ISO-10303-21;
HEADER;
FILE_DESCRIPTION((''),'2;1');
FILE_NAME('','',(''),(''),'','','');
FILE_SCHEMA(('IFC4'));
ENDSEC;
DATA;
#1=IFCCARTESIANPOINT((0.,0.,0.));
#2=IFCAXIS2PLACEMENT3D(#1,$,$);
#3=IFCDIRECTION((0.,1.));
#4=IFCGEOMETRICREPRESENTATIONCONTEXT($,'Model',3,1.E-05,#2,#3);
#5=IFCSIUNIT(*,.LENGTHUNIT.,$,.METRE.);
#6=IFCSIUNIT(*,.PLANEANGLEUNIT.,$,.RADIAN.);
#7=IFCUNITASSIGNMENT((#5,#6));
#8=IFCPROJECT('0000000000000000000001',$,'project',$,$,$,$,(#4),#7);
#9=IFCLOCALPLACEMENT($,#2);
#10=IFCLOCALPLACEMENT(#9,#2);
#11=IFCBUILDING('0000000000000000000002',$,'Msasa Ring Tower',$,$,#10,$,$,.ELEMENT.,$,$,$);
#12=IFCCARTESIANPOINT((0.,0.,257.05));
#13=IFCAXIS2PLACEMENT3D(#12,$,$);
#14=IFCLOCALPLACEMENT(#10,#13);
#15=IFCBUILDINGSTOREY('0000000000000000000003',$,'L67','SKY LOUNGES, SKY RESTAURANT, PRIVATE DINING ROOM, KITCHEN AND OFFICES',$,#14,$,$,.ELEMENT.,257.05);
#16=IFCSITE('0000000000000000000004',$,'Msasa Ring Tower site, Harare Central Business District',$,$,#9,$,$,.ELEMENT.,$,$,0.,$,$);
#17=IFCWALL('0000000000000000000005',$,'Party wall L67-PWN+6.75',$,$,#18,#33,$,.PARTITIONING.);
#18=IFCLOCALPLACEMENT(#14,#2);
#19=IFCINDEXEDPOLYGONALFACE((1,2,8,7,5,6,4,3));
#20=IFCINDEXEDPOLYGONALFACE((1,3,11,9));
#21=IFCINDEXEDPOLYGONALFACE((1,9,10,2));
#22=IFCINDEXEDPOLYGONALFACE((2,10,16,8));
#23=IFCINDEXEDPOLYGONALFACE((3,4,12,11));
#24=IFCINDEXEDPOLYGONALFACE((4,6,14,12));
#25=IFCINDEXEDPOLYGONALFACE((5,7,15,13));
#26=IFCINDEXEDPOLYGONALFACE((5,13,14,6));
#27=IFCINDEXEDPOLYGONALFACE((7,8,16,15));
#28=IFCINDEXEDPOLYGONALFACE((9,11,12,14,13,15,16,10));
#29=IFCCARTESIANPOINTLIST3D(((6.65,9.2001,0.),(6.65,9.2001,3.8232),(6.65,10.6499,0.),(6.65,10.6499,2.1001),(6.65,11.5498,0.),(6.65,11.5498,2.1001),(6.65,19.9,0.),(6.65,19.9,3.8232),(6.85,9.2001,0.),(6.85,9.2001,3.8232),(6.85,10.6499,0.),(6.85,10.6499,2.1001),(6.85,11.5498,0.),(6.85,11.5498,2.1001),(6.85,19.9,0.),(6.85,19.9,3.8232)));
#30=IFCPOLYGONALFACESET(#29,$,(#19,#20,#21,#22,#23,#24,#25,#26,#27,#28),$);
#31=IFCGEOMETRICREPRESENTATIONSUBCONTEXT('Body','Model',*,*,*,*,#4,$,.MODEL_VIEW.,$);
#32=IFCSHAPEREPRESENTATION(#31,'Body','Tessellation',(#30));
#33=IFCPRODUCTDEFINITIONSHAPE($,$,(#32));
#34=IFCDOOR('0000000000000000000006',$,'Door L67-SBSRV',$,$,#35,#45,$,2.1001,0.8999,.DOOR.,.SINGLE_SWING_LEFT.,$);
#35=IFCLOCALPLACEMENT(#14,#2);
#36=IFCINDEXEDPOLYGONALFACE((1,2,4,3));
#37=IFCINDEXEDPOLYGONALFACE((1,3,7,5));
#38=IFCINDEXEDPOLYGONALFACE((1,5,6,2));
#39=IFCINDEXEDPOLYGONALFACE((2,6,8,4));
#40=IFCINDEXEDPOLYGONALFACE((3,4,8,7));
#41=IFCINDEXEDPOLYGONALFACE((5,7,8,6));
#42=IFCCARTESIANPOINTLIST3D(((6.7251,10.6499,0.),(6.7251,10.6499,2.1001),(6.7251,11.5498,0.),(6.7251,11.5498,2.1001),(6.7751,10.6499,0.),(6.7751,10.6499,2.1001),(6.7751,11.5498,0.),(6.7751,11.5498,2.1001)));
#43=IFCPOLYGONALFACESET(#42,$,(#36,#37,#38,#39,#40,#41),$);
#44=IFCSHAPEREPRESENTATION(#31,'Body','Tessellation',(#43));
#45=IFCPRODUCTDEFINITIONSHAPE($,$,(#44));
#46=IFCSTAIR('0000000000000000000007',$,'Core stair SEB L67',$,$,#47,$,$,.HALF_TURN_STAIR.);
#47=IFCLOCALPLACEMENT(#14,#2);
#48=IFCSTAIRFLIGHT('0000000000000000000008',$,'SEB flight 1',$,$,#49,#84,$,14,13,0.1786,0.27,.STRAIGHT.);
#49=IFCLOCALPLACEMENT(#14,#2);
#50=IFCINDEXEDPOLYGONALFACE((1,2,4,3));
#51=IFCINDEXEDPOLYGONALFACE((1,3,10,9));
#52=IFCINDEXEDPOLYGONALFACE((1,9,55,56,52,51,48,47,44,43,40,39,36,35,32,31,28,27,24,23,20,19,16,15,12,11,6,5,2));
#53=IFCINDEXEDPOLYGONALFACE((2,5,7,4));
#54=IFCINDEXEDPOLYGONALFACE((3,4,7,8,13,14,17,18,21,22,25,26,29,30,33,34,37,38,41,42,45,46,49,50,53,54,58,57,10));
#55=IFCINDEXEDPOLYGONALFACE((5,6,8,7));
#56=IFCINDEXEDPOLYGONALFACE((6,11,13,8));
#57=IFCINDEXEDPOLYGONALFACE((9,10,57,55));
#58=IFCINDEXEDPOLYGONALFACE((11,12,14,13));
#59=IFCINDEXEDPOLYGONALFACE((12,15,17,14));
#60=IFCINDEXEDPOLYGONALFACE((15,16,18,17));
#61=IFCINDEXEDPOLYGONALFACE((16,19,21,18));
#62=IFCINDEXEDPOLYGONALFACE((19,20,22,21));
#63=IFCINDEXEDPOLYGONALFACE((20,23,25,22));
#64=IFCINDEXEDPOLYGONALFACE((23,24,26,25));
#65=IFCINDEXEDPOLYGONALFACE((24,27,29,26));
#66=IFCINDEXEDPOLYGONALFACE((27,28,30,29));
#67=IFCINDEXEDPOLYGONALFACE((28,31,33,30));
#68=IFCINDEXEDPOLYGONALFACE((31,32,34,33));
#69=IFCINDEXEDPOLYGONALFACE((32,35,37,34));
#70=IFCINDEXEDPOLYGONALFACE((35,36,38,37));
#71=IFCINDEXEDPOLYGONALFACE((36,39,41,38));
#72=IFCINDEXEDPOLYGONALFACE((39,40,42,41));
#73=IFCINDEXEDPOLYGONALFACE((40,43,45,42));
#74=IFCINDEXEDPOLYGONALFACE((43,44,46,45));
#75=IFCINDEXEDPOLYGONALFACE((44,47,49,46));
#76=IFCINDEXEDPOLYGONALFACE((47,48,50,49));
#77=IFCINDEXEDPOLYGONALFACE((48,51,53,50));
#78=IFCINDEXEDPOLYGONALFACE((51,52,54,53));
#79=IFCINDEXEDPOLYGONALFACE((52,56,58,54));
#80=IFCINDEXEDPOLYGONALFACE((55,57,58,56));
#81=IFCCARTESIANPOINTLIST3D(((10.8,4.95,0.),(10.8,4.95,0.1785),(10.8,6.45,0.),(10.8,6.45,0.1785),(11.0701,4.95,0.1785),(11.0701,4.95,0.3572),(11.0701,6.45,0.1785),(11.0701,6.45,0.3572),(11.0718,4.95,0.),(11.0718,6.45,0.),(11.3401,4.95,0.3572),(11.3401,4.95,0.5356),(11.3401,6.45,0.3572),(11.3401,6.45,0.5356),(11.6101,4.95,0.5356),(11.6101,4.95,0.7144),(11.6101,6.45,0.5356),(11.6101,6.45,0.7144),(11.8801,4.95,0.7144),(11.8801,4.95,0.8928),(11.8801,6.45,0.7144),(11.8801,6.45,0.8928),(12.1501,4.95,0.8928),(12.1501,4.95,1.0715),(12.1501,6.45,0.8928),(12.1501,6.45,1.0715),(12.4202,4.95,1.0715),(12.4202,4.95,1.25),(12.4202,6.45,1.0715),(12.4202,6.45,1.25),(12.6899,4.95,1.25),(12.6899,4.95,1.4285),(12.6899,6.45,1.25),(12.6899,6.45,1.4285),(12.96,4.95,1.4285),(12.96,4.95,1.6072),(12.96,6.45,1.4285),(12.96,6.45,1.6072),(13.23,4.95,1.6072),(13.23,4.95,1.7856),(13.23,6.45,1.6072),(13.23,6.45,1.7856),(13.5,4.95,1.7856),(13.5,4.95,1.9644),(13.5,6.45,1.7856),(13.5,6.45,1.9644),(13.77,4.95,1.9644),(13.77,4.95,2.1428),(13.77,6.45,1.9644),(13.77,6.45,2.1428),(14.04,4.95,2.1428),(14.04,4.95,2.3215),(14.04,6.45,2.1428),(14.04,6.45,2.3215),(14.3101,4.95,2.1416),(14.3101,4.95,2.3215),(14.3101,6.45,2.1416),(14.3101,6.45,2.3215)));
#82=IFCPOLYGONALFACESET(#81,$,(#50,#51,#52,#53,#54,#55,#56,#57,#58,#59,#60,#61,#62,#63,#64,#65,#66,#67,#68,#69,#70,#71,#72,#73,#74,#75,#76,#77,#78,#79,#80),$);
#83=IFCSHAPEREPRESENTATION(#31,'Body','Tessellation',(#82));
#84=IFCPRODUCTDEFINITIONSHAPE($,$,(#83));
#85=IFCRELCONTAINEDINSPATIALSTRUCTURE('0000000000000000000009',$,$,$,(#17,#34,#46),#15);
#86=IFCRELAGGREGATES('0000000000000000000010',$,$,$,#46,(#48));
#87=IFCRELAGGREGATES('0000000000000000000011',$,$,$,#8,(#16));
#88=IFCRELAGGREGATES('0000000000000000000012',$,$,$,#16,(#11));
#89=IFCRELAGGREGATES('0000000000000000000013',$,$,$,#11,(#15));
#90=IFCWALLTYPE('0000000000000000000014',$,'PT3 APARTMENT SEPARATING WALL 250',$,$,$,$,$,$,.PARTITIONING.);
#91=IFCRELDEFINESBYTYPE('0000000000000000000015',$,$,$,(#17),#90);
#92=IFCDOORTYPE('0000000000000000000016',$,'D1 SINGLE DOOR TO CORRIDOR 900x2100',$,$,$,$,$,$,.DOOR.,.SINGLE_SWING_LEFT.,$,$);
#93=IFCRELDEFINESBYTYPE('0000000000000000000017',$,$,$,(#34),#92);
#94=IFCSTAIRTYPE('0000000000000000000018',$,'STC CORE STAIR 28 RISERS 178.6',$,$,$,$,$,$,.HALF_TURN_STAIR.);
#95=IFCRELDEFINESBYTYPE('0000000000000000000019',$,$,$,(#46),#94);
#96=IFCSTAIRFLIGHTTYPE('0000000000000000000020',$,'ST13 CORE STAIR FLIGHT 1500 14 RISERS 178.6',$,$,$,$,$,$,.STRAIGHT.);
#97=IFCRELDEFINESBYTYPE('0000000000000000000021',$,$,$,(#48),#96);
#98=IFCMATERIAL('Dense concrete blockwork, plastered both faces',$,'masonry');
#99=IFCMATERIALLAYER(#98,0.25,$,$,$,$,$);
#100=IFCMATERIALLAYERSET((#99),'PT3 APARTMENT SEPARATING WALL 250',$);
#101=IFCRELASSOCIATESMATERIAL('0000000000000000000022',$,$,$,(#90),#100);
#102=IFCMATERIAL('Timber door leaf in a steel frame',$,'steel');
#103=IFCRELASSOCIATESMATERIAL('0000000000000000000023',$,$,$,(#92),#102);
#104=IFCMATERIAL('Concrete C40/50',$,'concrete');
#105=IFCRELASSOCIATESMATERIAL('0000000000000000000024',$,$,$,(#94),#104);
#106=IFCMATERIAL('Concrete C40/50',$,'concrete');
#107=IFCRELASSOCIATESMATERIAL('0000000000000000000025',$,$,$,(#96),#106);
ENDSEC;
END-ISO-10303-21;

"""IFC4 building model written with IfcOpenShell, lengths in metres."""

from ifc_helpers import new_model, si_unit, direction, frame, frame_2d, origin, place, context, subcontext, project, spatial, polyline, rectangle, outline, extrude, material, layer, layer_set, type_object, element, fill, aggregate, save


model = new_model("IFC4")

# Units and contexts
model_context = context("Model", 3, precision=1e-05, world=origin(), true_north=direction((0.0, 1.0)))
body_context = subcontext(model_context, "Body", "Model", "MODEL_VIEW")
ifc_project = project(units=[si_unit("LENGTHUNIT", "METRE"), si_unit("PLANEANGLEUNIT", "RADIAN")], contexts=[model_context])

# Site, building, storey
site_placement = place(None, origin())
site = spatial("IfcSite", under=ifc_project, at=site_placement, Name="Msasa Ring Tower site, Harare Central Business District", CompositionType="ELEMENT", RefElevation=0.0)
building_placement = place(site_placement, origin())
building = spatial("IfcBuilding", under=site, at=building_placement, Name="Msasa Ring Tower", CompositionType="ELEMENT")
storey_placement = place(building_placement, frame((0.0, 0.0, 257.05)))
storey = spatial("IfcBuildingStorey", under=building, at=storey_placement, Name="L67", Description="SKY LOUNGES, SKY RESTAURANT, PRIVATE DINING ROOM, KITCHEN AND OFFICES", CompositionType="ELEMENT", Elevation=257.05)

# Wall, opening, door
ifc_material_1 = material(Name="Dense concrete blockwork, plastered both faces", Category="masonry")
ifc_layer_1 = layer(ifc_material_1, 0.25)
ifc_layer_set_1 = layer_set([ifc_layer_1], Name="PT3 APARTMENT SEPARATING WALL 250")
wall_type_1 = type_object("IfcWallType", Name="PT3 APARTMENT SEPARATING WALL 250", PredefinedType="PARTITIONING", material=ifc_layer_set_1)
wall_1_placement = place(storey_placement, frame((6.75, 9.2, 0.0), z_axis=(0.0, 0.0, 1.0), x_axis=(0.0, 1.0, 0.0)))
wall_1 = element("IfcWall", 1, at=wall_1_placement, inside=storey, type_object=wall_type_1, Name="Party wall L67-PWN+6.75", PredefinedType="PARTITIONING", context=body_context, shape_type="SweptSolid", body=[
    extrude(rectangle(XDim=10.7, YDim=0.2, at=frame_2d((5.3501, 0.0))), origin(), (0.0, 0.0, 1.0), 3.8232),
])
opening_1_placement = place(wall_1_placement, frame((1.45, 0.0, 0.0)))
opening_1 = element("IfcOpeningElement", 2, at=opening_1_placement, cuts=wall_1, PredefinedType="OPENING", context=body_context, shape_type="SweptSolid", body=[
    extrude(rectangle(XDim=0.8999, YDim=2.1001, at=frame_2d((0.45, 1.05))), frame((0.0, 0.1099, 0.0), z_axis=(0.0, -1.0, 0.0), x_axis=(1.0, 0.0, 0.0)), (0.0, 0.0, 1.0), 0.22),
])
ifc_material_2 = material(Name="Timber door leaf in a steel frame", Category="steel")
door_type_1 = type_object("IfcDoorType", Name="D1 SINGLE DOOR TO CORRIDOR 900x2100", OperationType="SINGLE_SWING_LEFT", PredefinedType="DOOR", material=ifc_material_2)
door_1_placement = place(opening_1_placement, origin())
door_1 = element("IfcDoor", 3, at=door_1_placement, inside=storey, type_object=door_type_1, Name="Door L67-SBSRV", OperationType="SINGLE_SWING_LEFT", OverallHeight=2.1001, OverallWidth=0.8999, PredefinedType="DOOR", context=body_context, shape_type="SweptSolid", body=[
    extrude(rectangle(XDim=0.8999, YDim=2.1001, at=frame_2d((0.45, 1.05))), frame((0.0, 0.0249, 0.0), z_axis=(0.0, -1.0, 0.0), x_axis=(1.0, 0.0, 0.0)), (0.0, 0.0, 1.0), 0.05),
])
fill(opening_1, door_1)

# Stair, stair flight
ifc_material_3 = material(Name="Concrete C40/50", Category="concrete")
stair_type = type_object("IfcStairType", Name="STC CORE STAIR 28 RISERS 178.6", PredefinedType="HALF_TURN_STAIR", material=ifc_material_3)
stair_placement = place(storey_placement, origin())
stair = element("IfcStair", 4, at=stair_placement, inside=storey, type_object=stair_type, Name="Core stair SEB L67", PredefinedType="HALF_TURN_STAIR")
ifc_material_4 = material(Name="Concrete C40/50", Category="concrete")
stair_flight_type = type_object("IfcStairFlightType", Name="ST13 CORE STAIR FLIGHT 1500 14 RISERS 178.6", PredefinedType="STRAIGHT", material=ifc_material_4)
stair_flight_placement = place(storey_placement, frame((10.8, 5.7, 0.0), z_axis=(0.0, 0.0, 1.0), x_axis=(1.0, 0.0, 0.0)))
stair_flight = element("IfcStairFlight", 5, at=stair_flight_placement, type_object=stair_flight_type, Name="SEB flight 1", NumberOfRisers=14, NumberOfTreads=13, PredefinedType="STRAIGHT", RiserHeight=0.1786, TreadLength=0.27, context=body_context, shape_type="SweptSolid", body=[
    extrude(outline(polyline([(0.0, 0.0), (0.0, 0.1785), (0.27, 0.1785), (0.27, 0.3572), (0.54, 0.3572), (0.54, 0.5356), (0.8101, 0.5356), (0.8101, 0.7144), (1.0801, 0.7144), (1.0801, 0.8928), (1.3501, 0.8928), (1.3501, 1.0715), (1.6201, 1.0715), (1.6201, 1.25), (1.8899, 1.25), (1.8899, 1.4285), (2.1599, 1.4285), (2.1599, 1.6072), (2.4299, 1.6072), (2.4299, 1.7856), (2.7, 1.7856), (2.7, 1.9644), (2.97, 1.9644), (2.97, 2.1428), (3.24, 2.1428), (3.24, 2.3215), (3.51, 2.3215), (3.51, 2.5), (3.51, 2.1416), (0.2717, 0.0), (0.0, 0.0)])), frame((0.0, 0.75, 0.0), z_axis=(0.0, -1.0, 0.0), x_axis=(1.0, 0.0, 0.0)), (0.0, 0.0, 1.0), 1.5),
])
aggregate(stair, [stair_flight])

save(model, "model.ifc")
